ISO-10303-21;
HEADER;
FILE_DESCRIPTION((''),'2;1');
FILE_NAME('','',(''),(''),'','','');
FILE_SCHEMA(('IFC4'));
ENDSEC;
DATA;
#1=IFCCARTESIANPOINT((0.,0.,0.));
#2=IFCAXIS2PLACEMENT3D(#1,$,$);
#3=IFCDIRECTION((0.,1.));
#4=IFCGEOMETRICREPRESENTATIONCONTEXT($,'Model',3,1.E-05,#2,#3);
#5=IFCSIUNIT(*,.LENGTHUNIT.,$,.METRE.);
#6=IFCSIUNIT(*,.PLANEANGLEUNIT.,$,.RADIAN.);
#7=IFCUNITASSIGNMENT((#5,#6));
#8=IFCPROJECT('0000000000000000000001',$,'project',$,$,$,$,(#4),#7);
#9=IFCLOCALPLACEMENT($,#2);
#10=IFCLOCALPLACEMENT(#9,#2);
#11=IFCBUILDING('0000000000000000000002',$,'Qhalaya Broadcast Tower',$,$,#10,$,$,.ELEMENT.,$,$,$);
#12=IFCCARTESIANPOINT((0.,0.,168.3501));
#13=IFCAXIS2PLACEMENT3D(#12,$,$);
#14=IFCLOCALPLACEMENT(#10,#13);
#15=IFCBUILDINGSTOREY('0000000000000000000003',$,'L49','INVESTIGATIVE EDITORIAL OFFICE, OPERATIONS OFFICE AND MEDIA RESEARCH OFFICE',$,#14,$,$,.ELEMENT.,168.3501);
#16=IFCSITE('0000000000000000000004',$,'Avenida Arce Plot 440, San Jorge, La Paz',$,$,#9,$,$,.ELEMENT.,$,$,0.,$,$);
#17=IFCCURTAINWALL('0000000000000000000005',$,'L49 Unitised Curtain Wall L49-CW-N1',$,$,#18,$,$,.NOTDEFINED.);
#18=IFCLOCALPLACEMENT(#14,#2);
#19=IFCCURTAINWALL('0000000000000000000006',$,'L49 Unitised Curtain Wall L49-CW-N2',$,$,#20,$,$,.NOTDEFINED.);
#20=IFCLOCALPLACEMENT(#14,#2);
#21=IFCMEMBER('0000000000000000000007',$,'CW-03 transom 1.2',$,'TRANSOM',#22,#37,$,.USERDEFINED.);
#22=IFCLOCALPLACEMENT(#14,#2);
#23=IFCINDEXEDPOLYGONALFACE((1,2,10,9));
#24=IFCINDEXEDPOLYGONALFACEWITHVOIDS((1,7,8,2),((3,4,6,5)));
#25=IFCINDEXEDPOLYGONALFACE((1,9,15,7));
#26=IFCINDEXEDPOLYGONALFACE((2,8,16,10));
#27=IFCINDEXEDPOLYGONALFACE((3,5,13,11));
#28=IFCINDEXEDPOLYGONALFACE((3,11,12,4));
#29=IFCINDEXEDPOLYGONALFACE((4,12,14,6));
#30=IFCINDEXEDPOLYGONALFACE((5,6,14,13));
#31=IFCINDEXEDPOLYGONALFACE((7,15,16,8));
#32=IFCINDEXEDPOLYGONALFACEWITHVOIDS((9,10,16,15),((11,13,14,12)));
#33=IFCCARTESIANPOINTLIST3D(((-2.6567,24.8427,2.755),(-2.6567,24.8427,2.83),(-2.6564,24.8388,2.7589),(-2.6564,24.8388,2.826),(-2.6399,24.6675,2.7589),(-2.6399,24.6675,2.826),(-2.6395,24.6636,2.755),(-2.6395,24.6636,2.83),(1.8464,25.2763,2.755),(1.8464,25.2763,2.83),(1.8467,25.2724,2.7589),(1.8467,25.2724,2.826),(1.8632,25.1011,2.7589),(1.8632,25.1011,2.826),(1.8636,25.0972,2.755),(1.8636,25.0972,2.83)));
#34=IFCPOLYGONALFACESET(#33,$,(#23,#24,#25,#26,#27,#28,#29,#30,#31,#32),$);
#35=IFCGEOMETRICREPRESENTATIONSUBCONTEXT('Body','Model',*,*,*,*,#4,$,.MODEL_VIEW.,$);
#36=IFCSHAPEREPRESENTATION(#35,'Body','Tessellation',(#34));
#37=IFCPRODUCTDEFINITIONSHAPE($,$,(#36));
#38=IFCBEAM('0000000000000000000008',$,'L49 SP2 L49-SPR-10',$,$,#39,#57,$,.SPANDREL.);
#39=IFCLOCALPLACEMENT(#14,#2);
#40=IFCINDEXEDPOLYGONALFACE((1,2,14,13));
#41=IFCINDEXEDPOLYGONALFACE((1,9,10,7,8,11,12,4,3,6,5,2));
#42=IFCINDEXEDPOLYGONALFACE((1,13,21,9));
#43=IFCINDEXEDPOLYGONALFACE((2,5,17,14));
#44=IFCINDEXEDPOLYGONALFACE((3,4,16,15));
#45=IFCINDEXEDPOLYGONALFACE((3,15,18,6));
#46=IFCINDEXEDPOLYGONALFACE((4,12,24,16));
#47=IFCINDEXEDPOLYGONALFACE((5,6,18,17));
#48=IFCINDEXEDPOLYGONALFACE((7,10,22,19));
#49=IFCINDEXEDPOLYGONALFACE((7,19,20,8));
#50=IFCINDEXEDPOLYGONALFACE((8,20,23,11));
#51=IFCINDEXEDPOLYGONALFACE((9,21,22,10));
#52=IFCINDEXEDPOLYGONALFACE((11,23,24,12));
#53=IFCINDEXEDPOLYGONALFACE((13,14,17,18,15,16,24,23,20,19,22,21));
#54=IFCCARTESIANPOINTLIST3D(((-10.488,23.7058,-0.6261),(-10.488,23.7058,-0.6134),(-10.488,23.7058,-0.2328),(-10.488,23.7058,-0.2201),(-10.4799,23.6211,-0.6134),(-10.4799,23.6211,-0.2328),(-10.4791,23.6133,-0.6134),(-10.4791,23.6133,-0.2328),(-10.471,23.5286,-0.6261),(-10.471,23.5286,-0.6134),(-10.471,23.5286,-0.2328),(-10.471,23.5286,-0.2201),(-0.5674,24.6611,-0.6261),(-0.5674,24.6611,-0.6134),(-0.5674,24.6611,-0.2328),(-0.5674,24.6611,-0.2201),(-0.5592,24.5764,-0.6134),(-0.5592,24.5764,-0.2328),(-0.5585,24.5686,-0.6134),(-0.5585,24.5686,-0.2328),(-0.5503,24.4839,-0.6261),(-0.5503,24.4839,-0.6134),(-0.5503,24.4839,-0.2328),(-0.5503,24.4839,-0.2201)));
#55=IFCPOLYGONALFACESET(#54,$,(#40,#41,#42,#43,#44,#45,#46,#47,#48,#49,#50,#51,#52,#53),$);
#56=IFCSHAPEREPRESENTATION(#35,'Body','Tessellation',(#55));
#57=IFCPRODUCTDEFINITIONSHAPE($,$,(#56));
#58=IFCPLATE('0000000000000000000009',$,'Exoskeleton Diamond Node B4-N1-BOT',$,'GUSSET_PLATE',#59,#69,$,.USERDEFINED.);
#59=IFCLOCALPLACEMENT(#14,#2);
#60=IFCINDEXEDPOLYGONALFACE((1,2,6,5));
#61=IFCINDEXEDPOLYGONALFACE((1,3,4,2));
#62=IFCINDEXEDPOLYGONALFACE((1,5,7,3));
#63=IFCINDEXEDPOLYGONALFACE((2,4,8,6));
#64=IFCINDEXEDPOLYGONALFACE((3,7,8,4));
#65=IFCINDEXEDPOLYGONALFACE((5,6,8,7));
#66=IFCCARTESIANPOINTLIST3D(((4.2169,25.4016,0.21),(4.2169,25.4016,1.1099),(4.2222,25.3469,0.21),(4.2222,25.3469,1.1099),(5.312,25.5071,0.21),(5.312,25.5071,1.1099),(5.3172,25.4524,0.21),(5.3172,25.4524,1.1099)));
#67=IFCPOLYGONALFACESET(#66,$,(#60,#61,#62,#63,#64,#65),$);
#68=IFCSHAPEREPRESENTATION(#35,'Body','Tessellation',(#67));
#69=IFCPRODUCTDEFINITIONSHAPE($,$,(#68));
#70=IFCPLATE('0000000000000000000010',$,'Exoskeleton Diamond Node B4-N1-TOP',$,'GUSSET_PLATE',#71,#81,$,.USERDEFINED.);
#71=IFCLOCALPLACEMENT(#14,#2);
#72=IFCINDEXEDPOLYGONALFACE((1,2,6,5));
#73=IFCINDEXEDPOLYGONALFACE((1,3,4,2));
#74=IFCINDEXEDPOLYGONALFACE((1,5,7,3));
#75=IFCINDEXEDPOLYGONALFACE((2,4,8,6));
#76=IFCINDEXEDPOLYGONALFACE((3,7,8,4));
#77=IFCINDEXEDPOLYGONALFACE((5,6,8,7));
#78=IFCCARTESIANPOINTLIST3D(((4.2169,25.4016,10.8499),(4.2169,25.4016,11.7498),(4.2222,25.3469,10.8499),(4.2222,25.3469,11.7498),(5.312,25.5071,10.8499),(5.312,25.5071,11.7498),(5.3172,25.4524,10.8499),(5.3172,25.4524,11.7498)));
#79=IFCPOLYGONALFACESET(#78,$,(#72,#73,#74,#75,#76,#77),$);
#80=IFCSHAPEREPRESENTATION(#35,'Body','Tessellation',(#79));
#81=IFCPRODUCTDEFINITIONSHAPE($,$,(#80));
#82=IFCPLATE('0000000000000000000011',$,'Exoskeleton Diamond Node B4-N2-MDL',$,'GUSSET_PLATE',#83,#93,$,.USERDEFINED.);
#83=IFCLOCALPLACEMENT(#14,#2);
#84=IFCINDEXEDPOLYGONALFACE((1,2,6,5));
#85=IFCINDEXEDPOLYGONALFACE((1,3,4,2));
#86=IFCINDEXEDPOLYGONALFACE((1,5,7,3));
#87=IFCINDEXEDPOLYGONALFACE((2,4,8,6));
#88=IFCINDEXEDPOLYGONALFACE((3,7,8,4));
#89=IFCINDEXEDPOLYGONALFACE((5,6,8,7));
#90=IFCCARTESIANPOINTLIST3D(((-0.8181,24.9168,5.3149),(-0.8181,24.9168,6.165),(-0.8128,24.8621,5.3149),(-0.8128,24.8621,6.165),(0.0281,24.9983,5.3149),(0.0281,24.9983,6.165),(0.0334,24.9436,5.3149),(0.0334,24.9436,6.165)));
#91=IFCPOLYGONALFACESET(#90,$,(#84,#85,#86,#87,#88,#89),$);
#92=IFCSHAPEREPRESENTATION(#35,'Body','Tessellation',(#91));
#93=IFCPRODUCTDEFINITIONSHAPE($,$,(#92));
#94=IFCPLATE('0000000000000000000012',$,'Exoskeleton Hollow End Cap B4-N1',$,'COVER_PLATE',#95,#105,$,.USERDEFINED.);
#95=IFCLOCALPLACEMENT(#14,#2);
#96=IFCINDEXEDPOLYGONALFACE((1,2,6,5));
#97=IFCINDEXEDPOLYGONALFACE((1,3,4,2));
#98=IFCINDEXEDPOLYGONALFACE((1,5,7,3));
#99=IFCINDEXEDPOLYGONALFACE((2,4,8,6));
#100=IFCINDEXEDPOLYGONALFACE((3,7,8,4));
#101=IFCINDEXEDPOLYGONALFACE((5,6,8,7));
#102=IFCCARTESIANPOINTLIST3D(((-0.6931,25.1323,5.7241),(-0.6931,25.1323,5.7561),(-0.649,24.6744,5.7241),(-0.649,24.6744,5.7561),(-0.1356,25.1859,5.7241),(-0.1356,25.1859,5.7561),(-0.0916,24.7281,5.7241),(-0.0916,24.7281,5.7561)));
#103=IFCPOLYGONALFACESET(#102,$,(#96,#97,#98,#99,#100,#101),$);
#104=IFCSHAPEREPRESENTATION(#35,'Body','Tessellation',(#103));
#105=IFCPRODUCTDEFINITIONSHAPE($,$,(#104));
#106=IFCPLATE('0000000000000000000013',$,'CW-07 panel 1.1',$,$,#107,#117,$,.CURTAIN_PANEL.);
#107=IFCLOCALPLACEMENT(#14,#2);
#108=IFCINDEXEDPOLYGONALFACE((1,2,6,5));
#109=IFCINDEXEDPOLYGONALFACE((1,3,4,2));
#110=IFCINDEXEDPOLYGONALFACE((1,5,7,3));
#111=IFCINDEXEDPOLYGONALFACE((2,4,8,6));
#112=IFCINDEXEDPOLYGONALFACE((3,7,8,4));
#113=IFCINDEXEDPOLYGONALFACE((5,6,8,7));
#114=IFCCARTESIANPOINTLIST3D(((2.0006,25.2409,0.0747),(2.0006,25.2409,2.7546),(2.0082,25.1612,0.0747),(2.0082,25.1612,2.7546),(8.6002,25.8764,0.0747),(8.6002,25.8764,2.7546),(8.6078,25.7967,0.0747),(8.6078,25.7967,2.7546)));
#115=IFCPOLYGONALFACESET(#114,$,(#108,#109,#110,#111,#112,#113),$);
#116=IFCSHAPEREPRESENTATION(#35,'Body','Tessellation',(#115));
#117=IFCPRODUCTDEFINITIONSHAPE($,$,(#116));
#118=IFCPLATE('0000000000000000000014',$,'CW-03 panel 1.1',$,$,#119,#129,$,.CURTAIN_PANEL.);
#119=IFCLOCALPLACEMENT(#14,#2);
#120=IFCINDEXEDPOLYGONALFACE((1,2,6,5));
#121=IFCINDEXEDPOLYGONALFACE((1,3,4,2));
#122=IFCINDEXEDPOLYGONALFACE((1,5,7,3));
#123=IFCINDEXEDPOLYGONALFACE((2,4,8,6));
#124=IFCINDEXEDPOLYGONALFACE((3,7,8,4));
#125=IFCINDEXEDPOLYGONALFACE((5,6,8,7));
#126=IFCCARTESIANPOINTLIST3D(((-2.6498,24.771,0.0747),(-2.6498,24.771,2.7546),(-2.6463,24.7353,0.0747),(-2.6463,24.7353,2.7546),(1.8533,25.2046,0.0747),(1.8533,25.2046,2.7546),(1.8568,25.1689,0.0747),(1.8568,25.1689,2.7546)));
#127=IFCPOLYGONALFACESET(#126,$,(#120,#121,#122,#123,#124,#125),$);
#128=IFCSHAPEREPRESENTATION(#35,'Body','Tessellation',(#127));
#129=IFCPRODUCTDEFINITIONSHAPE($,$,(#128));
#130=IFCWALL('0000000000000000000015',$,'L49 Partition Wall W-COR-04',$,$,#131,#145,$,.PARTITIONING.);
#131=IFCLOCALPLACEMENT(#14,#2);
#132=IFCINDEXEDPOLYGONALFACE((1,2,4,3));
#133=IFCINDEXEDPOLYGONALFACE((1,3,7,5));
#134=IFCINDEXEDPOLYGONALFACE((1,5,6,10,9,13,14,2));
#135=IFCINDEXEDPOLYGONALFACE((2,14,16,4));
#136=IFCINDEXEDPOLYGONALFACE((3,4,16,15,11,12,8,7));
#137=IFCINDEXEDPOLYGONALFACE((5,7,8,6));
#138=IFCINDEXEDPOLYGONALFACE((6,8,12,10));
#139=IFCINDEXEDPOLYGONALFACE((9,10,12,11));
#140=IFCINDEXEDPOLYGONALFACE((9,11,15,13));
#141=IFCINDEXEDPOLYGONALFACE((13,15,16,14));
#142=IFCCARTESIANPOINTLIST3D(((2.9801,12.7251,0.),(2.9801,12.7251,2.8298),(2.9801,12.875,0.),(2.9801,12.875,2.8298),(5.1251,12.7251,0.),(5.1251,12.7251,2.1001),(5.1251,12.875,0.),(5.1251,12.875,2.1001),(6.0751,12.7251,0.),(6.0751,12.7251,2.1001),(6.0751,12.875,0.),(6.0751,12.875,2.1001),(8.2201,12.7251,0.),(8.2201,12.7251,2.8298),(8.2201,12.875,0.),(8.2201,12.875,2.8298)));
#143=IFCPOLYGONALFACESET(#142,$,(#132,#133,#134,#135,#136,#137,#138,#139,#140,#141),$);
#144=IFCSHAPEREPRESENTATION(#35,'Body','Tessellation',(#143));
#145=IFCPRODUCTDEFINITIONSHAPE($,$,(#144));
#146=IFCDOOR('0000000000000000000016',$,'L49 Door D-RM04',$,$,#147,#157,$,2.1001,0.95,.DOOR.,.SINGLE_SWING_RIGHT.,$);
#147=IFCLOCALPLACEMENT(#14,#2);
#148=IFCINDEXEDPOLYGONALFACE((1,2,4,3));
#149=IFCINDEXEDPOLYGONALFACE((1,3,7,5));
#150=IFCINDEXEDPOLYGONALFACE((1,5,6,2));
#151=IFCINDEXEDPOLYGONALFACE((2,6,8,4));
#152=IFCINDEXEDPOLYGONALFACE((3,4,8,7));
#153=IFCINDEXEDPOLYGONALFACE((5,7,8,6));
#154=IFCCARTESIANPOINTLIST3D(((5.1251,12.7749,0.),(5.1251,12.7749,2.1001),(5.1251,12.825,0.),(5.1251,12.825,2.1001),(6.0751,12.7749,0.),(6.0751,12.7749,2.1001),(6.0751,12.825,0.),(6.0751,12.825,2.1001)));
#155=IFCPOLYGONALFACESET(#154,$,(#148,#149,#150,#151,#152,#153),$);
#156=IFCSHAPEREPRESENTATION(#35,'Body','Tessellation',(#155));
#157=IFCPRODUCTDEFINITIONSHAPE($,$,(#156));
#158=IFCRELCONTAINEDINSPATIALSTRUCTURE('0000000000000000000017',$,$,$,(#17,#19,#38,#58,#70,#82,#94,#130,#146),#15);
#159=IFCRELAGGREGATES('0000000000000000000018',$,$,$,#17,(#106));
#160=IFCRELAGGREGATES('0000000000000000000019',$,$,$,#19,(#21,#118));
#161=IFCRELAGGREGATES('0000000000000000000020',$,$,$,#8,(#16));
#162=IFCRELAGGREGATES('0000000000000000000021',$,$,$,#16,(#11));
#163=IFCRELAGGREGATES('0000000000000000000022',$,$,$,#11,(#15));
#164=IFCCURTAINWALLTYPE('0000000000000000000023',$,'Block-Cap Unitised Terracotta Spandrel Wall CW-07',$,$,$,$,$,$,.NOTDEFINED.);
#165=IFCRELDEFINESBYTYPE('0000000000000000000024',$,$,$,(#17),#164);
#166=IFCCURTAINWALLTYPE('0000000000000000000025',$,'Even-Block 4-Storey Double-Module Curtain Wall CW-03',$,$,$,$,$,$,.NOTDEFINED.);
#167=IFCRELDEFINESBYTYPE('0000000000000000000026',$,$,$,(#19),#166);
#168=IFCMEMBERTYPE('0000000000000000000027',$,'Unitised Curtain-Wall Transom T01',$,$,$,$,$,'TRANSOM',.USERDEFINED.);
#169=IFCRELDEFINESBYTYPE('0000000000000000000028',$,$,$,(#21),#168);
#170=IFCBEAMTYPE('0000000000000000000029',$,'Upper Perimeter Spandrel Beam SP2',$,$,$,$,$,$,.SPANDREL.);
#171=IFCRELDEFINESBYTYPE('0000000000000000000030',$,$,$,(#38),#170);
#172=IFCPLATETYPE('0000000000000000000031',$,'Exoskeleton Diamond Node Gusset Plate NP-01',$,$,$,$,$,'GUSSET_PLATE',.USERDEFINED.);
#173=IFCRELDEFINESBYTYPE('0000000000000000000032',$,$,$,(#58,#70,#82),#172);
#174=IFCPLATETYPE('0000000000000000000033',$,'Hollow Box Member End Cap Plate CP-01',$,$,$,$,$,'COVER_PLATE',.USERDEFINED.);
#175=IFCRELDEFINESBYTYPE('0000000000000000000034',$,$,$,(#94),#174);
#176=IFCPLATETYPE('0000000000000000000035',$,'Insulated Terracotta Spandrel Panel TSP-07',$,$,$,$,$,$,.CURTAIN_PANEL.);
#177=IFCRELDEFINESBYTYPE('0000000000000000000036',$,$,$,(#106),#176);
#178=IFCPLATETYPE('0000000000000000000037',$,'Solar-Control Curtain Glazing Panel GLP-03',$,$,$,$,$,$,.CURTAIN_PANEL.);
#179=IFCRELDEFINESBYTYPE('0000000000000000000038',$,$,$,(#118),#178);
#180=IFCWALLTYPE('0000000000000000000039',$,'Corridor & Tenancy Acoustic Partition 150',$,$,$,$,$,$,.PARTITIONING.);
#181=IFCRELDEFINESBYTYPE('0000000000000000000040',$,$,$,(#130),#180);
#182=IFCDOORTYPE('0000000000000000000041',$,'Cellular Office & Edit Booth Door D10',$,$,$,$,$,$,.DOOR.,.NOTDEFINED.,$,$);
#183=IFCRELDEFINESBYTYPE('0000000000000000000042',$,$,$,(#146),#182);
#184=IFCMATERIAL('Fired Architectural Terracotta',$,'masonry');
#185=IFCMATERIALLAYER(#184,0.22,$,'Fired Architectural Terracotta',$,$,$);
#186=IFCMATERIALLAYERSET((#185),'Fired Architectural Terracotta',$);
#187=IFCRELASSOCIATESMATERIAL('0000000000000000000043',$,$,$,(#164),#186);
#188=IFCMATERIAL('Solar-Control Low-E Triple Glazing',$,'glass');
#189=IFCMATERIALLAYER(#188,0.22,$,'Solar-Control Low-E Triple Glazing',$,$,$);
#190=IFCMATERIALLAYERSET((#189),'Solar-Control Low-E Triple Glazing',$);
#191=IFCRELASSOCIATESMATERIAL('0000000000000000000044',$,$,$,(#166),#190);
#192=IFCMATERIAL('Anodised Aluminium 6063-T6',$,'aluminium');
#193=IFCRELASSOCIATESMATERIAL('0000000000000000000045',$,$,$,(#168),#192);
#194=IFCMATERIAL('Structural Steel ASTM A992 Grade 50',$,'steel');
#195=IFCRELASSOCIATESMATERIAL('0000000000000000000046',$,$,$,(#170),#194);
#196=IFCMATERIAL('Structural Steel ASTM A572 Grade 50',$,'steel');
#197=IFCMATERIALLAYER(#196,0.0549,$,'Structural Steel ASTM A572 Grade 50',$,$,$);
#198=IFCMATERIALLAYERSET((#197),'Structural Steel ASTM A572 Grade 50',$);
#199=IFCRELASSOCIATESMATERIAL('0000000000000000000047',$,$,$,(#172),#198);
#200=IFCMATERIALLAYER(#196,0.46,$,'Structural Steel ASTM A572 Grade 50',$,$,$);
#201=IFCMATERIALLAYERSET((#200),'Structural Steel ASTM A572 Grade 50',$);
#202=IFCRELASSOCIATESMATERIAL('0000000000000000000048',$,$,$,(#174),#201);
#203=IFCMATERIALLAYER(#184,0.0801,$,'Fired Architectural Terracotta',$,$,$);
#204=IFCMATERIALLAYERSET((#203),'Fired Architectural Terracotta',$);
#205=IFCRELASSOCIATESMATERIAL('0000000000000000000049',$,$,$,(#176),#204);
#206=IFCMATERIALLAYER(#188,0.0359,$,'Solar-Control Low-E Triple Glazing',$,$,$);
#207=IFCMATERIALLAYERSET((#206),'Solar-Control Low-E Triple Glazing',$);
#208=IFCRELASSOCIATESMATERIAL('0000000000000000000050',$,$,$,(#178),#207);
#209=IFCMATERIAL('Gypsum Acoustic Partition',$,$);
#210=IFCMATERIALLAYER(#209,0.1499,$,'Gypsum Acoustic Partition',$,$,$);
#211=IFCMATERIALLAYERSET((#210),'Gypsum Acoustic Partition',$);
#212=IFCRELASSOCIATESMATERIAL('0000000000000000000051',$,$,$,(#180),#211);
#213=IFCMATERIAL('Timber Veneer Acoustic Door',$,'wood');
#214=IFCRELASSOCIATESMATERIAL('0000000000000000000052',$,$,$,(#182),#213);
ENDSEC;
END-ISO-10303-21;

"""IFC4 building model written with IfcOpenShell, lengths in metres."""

from ifc_helpers import new_model, si_unit, direction, frame, frame_2d, origin, origin_2d, place, context, subcontext, project, spatial, rectangle, hollow_rectangle, i_section, extrude, material, layer, layer_set, material_profile, profile_set, type_object, element, fill, aggregate, save


model = new_model("IFC4")

# Units and contexts
model_context = context("Model", 3, precision=1e-05, world=origin(), true_north=direction((0.0, 1.0)))
body_context = subcontext(model_context, "Body", "Model", "MODEL_VIEW")
ifc_project = project(units=[si_unit("LENGTHUNIT", "METRE"), si_unit("PLANEANGLEUNIT", "RADIAN")], contexts=[model_context])

# Site, building, storey
site_placement = place(None, origin())
site = spatial("IfcSite", under=ifc_project, at=site_placement, Name="Avenida Arce Plot 440, San Jorge, La Paz", CompositionType="ELEMENT", RefElevation=0.0)
building_placement = place(site_placement, origin())
building = spatial("IfcBuilding", under=site, at=building_placement, Name="Qhalaya Broadcast Tower", CompositionType="ELEMENT")
storey_placement = place(building_placement, frame((0.0, 0.0, 168.3501)))
storey = spatial("IfcBuildingStorey", under=building, at=storey_placement, Name="L49", Description="INVESTIGATIVE EDITORIAL OFFICE, OPERATIONS OFFICE AND MEDIA RESEARCH OFFICE", CompositionType="ELEMENT", Elevation=168.3501)

# Shared definitions
ifc_material_1 = material(Name="Structural Steel ASTM A572 Grade 50", Category="steel")

# Curtain wall
ifc_material_2 = material(Name="Fired Architectural Terracotta", Category="masonry")
ifc_layer_1 = layer(ifc_material_2, 0.22, Name="Fired Architectural Terracotta")
ifc_layer_set_1 = layer_set([ifc_layer_1], Name="Fired Architectural Terracotta")
curtain_wall_type_1 = type_object("IfcCurtainWallType", Name="Block-Cap Unitised Terracotta Spandrel Wall CW-07", PredefinedType="NOTDEFINED", material=ifc_layer_set_1)
curtain_wall_1_placement = place(storey_placement, origin())
curtain_wall_1 = element("IfcCurtainWall", 1, at=curtain_wall_1_placement, inside=storey, type_object=curtain_wall_type_1, Name="L49 Unitised Curtain Wall L49-CW-N1", PredefinedType="NOTDEFINED")
ifc_material_3 = material(Name="Anodised Aluminium 6063-T6", Category="aluminium")

# Curtain wall
ifc_material_4 = material(Name="Solar-Control Low-E Triple Glazing", Category="glass")
ifc_layer_2 = layer(ifc_material_4, 0.22, Name="Solar-Control Low-E Triple Glazing")
ifc_layer_set_2 = layer_set([ifc_layer_2], Name="Solar-Control Low-E Triple Glazing")
curtain_wall_type_2 = type_object("IfcCurtainWallType", Name="Even-Block 4-Storey Double-Module Curtain Wall CW-03", PredefinedType="NOTDEFINED", material=ifc_layer_set_2)
curtain_wall_2_placement = place(storey_placement, origin())
curtain_wall_2 = element("IfcCurtainWall", 2, at=curtain_wall_2_placement, inside=storey, type_object=curtain_wall_type_2, Name="L49 Unitised Curtain Wall L49-CW-N2", PredefinedType="NOTDEFINED")

# Member
ifc_material_profile_1 = material_profile(ifc_material_3, hollow_rectangle(XDim=0.075, YDim=0.1799, WallThickness=0.0039, at=origin_2d()), Name="ALU-TRN 75x180x4")
ifc_profile_set_1 = profile_set([ifc_material_profile_1], Name="Anodised Aluminium 6063-T6")
member_type_1 = type_object("IfcMemberType", Name="Unitised Curtain-Wall Transom T01", ElementType="TRANSOM", PredefinedType="USERDEFINED", material=ifc_profile_set_1)
member_1_placement = place(storey_placement, frame((1.855, 25.1868, 2.7925), z_axis=(-0.995396, -0.095843, 0.0), x_axis=(0.0, 0.0, 1.0)))
member_1 = element("IfcMember", 3, at=member_1_placement, type_object=member_type_1, Name="CW-03 transom 1.2", ObjectType="TRANSOM", PredefinedType="USERDEFINED", context=body_context, shape_type="SweptSolid", body=[
    extrude(hollow_rectangle(XDim=0.075, YDim=0.1799, WallThickness=0.0039, at=origin_2d()), origin(), (0.0, 0.0, 1.0), 4.5239),
])

# Beam
ifc_material_5 = material(Name="Structural Steel ASTM A992 Grade 50", Category="steel")
ifc_material_profile_2 = material_profile(ifc_material_5, i_section(OverallWidth=0.178, OverallDepth=0.406, WebThickness=0.0078, FlangeThickness=0.0127, at=origin_2d()), Name="W16X40")
ifc_profile_set_2 = profile_set([ifc_material_profile_2], Name="Structural Steel ASTM A992 Grade 50")
beam_type = type_object("IfcBeamType", Name="Upper Perimeter Spandrel Beam SP2", PredefinedType="SPANDREL", material=ifc_profile_set_2)
beam_placement = place(storey_placement, frame((-0.5588, 24.5725, -0.4231), z_axis=(-0.995396, -0.095853, 0.0), x_axis=(0.095853, -0.995396, 0.0)))
element("IfcBeam", 4, at=beam_placement, inside=storey, type_object=beam_type, Name="L49 SP2 L49-SPR-10", PredefinedType="SPANDREL", context=body_context, shape_type="SweptSolid", body=[
    extrude(i_section(OverallWidth=0.178, OverallDepth=0.406, WebThickness=0.0078, FlangeThickness=0.0127, at=origin_2d()), origin(), (0.0, 0.0, 1.0), 9.9666),
])

# Plates
ifc_layer_3 = layer(ifc_material_1, 0.0549, Name="Structural Steel ASTM A572 Grade 50")
ifc_layer_set_3 = layer_set([ifc_layer_3], Name="Structural Steel ASTM A572 Grade 50")
plate_type_1 = type_object("IfcPlateType", Name="Exoskeleton Diamond Node Gusset Plate NP-01", ElementType="GUSSET_PLATE", PredefinedType="USERDEFINED", material=ifc_layer_set_3)
for number, where, z_axis, x_axis, name in (
    (5, (4.7671, 25.427, 0.21), (0.0, 0.0, 1.0), (0.995396, 0.095846, 0.0), "Exoskeleton Diamond Node B4-N1-BOT"),
    (6, (4.7671, 25.427, 10.8499), (0.0, 0.0, 1.0), (0.995396, 0.095846, 0.0), "Exoskeleton Diamond Node B4-N1-TOP"),
):
    element("IfcPlate", number, at=place(storey_placement, frame(where, z_axis=z_axis, x_axis=x_axis)), inside=storey, type_object=plate_type_1, Name=name, ObjectType="GUSSET_PLATE", PredefinedType="USERDEFINED", context=body_context, shape_type="SweptSolid", body=[
        extrude(rectangle(XDim=1.1001, YDim=0.0549, at=origin_2d()), origin(), (0.0, 0.0, 1.0), 0.8999),
    ])
plate_1_placement = place(storey_placement, frame((-0.3923, 24.9302, 5.3149), z_axis=(0.0, 0.0, 1.0), x_axis=(0.995396, 0.095846, 0.0)))
element("IfcPlate", 7, at=plate_1_placement, inside=storey, type_object=plate_type_1, Name="Exoskeleton Diamond Node B4-N2-MDL", ObjectType="GUSSET_PLATE", PredefinedType="USERDEFINED", context=body_context, shape_type="SweptSolid", body=[
    extrude(rectangle(XDim=0.8501, YDim=0.0549, at=origin_2d()), origin(), (0.0, 0.0, 1.0), 0.8501),
])
ifc_layer_4 = layer(ifc_material_1, 0.46, Name="Structural Steel ASTM A572 Grade 50")
ifc_layer_set_4 = layer_set([ifc_layer_4], Name="Structural Steel ASTM A572 Grade 50")
plate_type_2 = type_object("IfcPlateType", Name="Hollow Box Member End Cap Plate CP-01", ElementType="COVER_PLATE", PredefinedType="USERDEFINED", material=ifc_layer_set_4)
plate_2_placement = place(storey_placement, frame((-0.3923, 24.9302, 5.7241), z_axis=(0.0, 0.0, 1.0), x_axis=(0.995396, 0.095846, 0.0)))
element("IfcPlate", 8, at=plate_2_placement, inside=storey, type_object=plate_type_2, Name="Exoskeleton Hollow End Cap B4-N1", ObjectType="COVER_PLATE", PredefinedType="USERDEFINED", context=body_context, shape_type="SweptSolid", body=[
    extrude(rectangle(XDim=0.5601, YDim=0.46, at=origin_2d()), origin(), (0.0, 0.0, 1.0), 0.032),
])

# Plates
ifc_layer_5 = layer(ifc_material_2, 0.0801, Name="Fired Architectural Terracotta")
ifc_layer_set_5 = layer_set([ifc_layer_5], Name="Fired Architectural Terracotta")
plate_type_3 = type_object("IfcPlateType", Name="Insulated Terracotta Spandrel Panel TSP-07", PredefinedType="CURTAIN_PANEL", material=ifc_layer_set_5)
plate_3_placement = place(storey_placement, frame((5.3042, 25.5188, 0.0747), z_axis=(0.0, 0.0, 1.0), x_axis=(-0.995397, -0.095841, 0.0)))
plate_3 = element("IfcPlate", 9, at=plate_3_placement, type_object=plate_type_3, Name="CW-07 panel 1.1", PredefinedType="CURTAIN_PANEL", context=body_context, shape_type="SweptSolid", body=[
    extrude(rectangle(XDim=6.6301, YDim=0.0801, at=origin_2d()), origin(), (0.0, 0.0, 1.0), 2.6799),
])
aggregate(curtain_wall_1, [plate_3])
ifc_layer_6 = layer(ifc_material_4, 0.0359, Name="Solar-Control Low-E Triple Glazing")
ifc_layer_set_6 = layer_set([ifc_layer_6], Name="Solar-Control Low-E Triple Glazing")
plate_type_4 = type_object("IfcPlateType", Name="Solar-Control Curtain Glazing Panel GLP-03", PredefinedType="CURTAIN_PANEL", material=ifc_layer_set_6)
plate_4_placement = place(storey_placement, frame((-0.3965, 24.97, 0.0747), z_axis=(0.0, 0.0, 1.0), x_axis=(-0.995396, -0.095849, 0.0)))
plate_4 = element("IfcPlate", 10, at=plate_4_placement, type_object=plate_type_4, Name="CW-03 panel 1.1", PredefinedType="CURTAIN_PANEL", context=body_context, shape_type="SweptSolid", body=[
    extrude(rectangle(XDim=4.5239, YDim=0.0359, at=origin_2d()), origin(), (0.0, 0.0, 1.0), 2.6799),
])
aggregate(curtain_wall_2, [member_1, plate_4])

# Wall, opening, door
ifc_material_6 = material(Name="Gypsum Acoustic Partition")
ifc_layer_7 = layer(ifc_material_6, 0.1499, Name="Gypsum Acoustic Partition")
ifc_layer_set_7 = layer_set([ifc_layer_7], Name="Gypsum Acoustic Partition")
wall_type_1 = type_object("IfcWallType", Name="Corridor & Tenancy Acoustic Partition 150", PredefinedType="PARTITIONING", material=ifc_layer_set_7)
wall_1_placement = place(storey_placement, frame((2.98, 12.8, 0.0), z_axis=(0.0, 0.0, 1.0), x_axis=(1.0, 0.0, 0.0)))
wall_1 = element("IfcWall", 11, at=wall_1_placement, inside=storey, type_object=wall_type_1, Name="L49 Partition Wall W-COR-04", PredefinedType="PARTITIONING", context=body_context, shape_type="SweptSolid", body=[
    extrude(rectangle(XDim=5.24, YDim=0.1499, at=frame_2d((2.6201, 0.0))), origin(), (0.0, 0.0, 1.0), 2.8298),
])
opening_1_placement = place(wall_1_placement, frame((2.145, 0.0, 0.0)))
opening_1 = element("IfcOpeningElement", 12, at=opening_1_placement, cuts=wall_1, PredefinedType="OPENING", context=body_context, shape_type="SweptSolid", body=[
    extrude(rectangle(XDim=0.95, YDim=2.1001, at=frame_2d((0.4751, 1.05))), frame((0.0, 0.0869, 0.0), z_axis=(0.0, -1.0, 0.0), x_axis=(1.0, 0.0, 0.0)), (0.0, 0.0, 1.0), 0.1738),
])
ifc_material_7 = material(Name="Timber Veneer Acoustic Door", Category="wood")
door_type = type_object("IfcDoorType", Name="Cellular Office & Edit Booth Door D10", OperationType="NOTDEFINED", PredefinedType="DOOR", material=ifc_material_7)
door_1_placement = place(opening_1_placement, origin())
door_1 = element("IfcDoor", 13, at=door_1_placement, inside=storey, type_object=door_type, Name="L49 Door D-RM04", OperationType="SINGLE_SWING_RIGHT", OverallHeight=2.1001, OverallWidth=0.95, PredefinedType="DOOR", context=body_context, shape_type="SweptSolid", body=[
    extrude(rectangle(XDim=0.95, YDim=2.1001, at=frame_2d((0.4751, 1.05))), frame((0.0, 0.0249, 0.0), z_axis=(0.0, -1.0, 0.0), x_axis=(1.0, 0.0, 0.0)), (0.0, 0.0, 1.0), 0.05),
])
fill(opening_1, door_1)

save(model, "model.ifc")
